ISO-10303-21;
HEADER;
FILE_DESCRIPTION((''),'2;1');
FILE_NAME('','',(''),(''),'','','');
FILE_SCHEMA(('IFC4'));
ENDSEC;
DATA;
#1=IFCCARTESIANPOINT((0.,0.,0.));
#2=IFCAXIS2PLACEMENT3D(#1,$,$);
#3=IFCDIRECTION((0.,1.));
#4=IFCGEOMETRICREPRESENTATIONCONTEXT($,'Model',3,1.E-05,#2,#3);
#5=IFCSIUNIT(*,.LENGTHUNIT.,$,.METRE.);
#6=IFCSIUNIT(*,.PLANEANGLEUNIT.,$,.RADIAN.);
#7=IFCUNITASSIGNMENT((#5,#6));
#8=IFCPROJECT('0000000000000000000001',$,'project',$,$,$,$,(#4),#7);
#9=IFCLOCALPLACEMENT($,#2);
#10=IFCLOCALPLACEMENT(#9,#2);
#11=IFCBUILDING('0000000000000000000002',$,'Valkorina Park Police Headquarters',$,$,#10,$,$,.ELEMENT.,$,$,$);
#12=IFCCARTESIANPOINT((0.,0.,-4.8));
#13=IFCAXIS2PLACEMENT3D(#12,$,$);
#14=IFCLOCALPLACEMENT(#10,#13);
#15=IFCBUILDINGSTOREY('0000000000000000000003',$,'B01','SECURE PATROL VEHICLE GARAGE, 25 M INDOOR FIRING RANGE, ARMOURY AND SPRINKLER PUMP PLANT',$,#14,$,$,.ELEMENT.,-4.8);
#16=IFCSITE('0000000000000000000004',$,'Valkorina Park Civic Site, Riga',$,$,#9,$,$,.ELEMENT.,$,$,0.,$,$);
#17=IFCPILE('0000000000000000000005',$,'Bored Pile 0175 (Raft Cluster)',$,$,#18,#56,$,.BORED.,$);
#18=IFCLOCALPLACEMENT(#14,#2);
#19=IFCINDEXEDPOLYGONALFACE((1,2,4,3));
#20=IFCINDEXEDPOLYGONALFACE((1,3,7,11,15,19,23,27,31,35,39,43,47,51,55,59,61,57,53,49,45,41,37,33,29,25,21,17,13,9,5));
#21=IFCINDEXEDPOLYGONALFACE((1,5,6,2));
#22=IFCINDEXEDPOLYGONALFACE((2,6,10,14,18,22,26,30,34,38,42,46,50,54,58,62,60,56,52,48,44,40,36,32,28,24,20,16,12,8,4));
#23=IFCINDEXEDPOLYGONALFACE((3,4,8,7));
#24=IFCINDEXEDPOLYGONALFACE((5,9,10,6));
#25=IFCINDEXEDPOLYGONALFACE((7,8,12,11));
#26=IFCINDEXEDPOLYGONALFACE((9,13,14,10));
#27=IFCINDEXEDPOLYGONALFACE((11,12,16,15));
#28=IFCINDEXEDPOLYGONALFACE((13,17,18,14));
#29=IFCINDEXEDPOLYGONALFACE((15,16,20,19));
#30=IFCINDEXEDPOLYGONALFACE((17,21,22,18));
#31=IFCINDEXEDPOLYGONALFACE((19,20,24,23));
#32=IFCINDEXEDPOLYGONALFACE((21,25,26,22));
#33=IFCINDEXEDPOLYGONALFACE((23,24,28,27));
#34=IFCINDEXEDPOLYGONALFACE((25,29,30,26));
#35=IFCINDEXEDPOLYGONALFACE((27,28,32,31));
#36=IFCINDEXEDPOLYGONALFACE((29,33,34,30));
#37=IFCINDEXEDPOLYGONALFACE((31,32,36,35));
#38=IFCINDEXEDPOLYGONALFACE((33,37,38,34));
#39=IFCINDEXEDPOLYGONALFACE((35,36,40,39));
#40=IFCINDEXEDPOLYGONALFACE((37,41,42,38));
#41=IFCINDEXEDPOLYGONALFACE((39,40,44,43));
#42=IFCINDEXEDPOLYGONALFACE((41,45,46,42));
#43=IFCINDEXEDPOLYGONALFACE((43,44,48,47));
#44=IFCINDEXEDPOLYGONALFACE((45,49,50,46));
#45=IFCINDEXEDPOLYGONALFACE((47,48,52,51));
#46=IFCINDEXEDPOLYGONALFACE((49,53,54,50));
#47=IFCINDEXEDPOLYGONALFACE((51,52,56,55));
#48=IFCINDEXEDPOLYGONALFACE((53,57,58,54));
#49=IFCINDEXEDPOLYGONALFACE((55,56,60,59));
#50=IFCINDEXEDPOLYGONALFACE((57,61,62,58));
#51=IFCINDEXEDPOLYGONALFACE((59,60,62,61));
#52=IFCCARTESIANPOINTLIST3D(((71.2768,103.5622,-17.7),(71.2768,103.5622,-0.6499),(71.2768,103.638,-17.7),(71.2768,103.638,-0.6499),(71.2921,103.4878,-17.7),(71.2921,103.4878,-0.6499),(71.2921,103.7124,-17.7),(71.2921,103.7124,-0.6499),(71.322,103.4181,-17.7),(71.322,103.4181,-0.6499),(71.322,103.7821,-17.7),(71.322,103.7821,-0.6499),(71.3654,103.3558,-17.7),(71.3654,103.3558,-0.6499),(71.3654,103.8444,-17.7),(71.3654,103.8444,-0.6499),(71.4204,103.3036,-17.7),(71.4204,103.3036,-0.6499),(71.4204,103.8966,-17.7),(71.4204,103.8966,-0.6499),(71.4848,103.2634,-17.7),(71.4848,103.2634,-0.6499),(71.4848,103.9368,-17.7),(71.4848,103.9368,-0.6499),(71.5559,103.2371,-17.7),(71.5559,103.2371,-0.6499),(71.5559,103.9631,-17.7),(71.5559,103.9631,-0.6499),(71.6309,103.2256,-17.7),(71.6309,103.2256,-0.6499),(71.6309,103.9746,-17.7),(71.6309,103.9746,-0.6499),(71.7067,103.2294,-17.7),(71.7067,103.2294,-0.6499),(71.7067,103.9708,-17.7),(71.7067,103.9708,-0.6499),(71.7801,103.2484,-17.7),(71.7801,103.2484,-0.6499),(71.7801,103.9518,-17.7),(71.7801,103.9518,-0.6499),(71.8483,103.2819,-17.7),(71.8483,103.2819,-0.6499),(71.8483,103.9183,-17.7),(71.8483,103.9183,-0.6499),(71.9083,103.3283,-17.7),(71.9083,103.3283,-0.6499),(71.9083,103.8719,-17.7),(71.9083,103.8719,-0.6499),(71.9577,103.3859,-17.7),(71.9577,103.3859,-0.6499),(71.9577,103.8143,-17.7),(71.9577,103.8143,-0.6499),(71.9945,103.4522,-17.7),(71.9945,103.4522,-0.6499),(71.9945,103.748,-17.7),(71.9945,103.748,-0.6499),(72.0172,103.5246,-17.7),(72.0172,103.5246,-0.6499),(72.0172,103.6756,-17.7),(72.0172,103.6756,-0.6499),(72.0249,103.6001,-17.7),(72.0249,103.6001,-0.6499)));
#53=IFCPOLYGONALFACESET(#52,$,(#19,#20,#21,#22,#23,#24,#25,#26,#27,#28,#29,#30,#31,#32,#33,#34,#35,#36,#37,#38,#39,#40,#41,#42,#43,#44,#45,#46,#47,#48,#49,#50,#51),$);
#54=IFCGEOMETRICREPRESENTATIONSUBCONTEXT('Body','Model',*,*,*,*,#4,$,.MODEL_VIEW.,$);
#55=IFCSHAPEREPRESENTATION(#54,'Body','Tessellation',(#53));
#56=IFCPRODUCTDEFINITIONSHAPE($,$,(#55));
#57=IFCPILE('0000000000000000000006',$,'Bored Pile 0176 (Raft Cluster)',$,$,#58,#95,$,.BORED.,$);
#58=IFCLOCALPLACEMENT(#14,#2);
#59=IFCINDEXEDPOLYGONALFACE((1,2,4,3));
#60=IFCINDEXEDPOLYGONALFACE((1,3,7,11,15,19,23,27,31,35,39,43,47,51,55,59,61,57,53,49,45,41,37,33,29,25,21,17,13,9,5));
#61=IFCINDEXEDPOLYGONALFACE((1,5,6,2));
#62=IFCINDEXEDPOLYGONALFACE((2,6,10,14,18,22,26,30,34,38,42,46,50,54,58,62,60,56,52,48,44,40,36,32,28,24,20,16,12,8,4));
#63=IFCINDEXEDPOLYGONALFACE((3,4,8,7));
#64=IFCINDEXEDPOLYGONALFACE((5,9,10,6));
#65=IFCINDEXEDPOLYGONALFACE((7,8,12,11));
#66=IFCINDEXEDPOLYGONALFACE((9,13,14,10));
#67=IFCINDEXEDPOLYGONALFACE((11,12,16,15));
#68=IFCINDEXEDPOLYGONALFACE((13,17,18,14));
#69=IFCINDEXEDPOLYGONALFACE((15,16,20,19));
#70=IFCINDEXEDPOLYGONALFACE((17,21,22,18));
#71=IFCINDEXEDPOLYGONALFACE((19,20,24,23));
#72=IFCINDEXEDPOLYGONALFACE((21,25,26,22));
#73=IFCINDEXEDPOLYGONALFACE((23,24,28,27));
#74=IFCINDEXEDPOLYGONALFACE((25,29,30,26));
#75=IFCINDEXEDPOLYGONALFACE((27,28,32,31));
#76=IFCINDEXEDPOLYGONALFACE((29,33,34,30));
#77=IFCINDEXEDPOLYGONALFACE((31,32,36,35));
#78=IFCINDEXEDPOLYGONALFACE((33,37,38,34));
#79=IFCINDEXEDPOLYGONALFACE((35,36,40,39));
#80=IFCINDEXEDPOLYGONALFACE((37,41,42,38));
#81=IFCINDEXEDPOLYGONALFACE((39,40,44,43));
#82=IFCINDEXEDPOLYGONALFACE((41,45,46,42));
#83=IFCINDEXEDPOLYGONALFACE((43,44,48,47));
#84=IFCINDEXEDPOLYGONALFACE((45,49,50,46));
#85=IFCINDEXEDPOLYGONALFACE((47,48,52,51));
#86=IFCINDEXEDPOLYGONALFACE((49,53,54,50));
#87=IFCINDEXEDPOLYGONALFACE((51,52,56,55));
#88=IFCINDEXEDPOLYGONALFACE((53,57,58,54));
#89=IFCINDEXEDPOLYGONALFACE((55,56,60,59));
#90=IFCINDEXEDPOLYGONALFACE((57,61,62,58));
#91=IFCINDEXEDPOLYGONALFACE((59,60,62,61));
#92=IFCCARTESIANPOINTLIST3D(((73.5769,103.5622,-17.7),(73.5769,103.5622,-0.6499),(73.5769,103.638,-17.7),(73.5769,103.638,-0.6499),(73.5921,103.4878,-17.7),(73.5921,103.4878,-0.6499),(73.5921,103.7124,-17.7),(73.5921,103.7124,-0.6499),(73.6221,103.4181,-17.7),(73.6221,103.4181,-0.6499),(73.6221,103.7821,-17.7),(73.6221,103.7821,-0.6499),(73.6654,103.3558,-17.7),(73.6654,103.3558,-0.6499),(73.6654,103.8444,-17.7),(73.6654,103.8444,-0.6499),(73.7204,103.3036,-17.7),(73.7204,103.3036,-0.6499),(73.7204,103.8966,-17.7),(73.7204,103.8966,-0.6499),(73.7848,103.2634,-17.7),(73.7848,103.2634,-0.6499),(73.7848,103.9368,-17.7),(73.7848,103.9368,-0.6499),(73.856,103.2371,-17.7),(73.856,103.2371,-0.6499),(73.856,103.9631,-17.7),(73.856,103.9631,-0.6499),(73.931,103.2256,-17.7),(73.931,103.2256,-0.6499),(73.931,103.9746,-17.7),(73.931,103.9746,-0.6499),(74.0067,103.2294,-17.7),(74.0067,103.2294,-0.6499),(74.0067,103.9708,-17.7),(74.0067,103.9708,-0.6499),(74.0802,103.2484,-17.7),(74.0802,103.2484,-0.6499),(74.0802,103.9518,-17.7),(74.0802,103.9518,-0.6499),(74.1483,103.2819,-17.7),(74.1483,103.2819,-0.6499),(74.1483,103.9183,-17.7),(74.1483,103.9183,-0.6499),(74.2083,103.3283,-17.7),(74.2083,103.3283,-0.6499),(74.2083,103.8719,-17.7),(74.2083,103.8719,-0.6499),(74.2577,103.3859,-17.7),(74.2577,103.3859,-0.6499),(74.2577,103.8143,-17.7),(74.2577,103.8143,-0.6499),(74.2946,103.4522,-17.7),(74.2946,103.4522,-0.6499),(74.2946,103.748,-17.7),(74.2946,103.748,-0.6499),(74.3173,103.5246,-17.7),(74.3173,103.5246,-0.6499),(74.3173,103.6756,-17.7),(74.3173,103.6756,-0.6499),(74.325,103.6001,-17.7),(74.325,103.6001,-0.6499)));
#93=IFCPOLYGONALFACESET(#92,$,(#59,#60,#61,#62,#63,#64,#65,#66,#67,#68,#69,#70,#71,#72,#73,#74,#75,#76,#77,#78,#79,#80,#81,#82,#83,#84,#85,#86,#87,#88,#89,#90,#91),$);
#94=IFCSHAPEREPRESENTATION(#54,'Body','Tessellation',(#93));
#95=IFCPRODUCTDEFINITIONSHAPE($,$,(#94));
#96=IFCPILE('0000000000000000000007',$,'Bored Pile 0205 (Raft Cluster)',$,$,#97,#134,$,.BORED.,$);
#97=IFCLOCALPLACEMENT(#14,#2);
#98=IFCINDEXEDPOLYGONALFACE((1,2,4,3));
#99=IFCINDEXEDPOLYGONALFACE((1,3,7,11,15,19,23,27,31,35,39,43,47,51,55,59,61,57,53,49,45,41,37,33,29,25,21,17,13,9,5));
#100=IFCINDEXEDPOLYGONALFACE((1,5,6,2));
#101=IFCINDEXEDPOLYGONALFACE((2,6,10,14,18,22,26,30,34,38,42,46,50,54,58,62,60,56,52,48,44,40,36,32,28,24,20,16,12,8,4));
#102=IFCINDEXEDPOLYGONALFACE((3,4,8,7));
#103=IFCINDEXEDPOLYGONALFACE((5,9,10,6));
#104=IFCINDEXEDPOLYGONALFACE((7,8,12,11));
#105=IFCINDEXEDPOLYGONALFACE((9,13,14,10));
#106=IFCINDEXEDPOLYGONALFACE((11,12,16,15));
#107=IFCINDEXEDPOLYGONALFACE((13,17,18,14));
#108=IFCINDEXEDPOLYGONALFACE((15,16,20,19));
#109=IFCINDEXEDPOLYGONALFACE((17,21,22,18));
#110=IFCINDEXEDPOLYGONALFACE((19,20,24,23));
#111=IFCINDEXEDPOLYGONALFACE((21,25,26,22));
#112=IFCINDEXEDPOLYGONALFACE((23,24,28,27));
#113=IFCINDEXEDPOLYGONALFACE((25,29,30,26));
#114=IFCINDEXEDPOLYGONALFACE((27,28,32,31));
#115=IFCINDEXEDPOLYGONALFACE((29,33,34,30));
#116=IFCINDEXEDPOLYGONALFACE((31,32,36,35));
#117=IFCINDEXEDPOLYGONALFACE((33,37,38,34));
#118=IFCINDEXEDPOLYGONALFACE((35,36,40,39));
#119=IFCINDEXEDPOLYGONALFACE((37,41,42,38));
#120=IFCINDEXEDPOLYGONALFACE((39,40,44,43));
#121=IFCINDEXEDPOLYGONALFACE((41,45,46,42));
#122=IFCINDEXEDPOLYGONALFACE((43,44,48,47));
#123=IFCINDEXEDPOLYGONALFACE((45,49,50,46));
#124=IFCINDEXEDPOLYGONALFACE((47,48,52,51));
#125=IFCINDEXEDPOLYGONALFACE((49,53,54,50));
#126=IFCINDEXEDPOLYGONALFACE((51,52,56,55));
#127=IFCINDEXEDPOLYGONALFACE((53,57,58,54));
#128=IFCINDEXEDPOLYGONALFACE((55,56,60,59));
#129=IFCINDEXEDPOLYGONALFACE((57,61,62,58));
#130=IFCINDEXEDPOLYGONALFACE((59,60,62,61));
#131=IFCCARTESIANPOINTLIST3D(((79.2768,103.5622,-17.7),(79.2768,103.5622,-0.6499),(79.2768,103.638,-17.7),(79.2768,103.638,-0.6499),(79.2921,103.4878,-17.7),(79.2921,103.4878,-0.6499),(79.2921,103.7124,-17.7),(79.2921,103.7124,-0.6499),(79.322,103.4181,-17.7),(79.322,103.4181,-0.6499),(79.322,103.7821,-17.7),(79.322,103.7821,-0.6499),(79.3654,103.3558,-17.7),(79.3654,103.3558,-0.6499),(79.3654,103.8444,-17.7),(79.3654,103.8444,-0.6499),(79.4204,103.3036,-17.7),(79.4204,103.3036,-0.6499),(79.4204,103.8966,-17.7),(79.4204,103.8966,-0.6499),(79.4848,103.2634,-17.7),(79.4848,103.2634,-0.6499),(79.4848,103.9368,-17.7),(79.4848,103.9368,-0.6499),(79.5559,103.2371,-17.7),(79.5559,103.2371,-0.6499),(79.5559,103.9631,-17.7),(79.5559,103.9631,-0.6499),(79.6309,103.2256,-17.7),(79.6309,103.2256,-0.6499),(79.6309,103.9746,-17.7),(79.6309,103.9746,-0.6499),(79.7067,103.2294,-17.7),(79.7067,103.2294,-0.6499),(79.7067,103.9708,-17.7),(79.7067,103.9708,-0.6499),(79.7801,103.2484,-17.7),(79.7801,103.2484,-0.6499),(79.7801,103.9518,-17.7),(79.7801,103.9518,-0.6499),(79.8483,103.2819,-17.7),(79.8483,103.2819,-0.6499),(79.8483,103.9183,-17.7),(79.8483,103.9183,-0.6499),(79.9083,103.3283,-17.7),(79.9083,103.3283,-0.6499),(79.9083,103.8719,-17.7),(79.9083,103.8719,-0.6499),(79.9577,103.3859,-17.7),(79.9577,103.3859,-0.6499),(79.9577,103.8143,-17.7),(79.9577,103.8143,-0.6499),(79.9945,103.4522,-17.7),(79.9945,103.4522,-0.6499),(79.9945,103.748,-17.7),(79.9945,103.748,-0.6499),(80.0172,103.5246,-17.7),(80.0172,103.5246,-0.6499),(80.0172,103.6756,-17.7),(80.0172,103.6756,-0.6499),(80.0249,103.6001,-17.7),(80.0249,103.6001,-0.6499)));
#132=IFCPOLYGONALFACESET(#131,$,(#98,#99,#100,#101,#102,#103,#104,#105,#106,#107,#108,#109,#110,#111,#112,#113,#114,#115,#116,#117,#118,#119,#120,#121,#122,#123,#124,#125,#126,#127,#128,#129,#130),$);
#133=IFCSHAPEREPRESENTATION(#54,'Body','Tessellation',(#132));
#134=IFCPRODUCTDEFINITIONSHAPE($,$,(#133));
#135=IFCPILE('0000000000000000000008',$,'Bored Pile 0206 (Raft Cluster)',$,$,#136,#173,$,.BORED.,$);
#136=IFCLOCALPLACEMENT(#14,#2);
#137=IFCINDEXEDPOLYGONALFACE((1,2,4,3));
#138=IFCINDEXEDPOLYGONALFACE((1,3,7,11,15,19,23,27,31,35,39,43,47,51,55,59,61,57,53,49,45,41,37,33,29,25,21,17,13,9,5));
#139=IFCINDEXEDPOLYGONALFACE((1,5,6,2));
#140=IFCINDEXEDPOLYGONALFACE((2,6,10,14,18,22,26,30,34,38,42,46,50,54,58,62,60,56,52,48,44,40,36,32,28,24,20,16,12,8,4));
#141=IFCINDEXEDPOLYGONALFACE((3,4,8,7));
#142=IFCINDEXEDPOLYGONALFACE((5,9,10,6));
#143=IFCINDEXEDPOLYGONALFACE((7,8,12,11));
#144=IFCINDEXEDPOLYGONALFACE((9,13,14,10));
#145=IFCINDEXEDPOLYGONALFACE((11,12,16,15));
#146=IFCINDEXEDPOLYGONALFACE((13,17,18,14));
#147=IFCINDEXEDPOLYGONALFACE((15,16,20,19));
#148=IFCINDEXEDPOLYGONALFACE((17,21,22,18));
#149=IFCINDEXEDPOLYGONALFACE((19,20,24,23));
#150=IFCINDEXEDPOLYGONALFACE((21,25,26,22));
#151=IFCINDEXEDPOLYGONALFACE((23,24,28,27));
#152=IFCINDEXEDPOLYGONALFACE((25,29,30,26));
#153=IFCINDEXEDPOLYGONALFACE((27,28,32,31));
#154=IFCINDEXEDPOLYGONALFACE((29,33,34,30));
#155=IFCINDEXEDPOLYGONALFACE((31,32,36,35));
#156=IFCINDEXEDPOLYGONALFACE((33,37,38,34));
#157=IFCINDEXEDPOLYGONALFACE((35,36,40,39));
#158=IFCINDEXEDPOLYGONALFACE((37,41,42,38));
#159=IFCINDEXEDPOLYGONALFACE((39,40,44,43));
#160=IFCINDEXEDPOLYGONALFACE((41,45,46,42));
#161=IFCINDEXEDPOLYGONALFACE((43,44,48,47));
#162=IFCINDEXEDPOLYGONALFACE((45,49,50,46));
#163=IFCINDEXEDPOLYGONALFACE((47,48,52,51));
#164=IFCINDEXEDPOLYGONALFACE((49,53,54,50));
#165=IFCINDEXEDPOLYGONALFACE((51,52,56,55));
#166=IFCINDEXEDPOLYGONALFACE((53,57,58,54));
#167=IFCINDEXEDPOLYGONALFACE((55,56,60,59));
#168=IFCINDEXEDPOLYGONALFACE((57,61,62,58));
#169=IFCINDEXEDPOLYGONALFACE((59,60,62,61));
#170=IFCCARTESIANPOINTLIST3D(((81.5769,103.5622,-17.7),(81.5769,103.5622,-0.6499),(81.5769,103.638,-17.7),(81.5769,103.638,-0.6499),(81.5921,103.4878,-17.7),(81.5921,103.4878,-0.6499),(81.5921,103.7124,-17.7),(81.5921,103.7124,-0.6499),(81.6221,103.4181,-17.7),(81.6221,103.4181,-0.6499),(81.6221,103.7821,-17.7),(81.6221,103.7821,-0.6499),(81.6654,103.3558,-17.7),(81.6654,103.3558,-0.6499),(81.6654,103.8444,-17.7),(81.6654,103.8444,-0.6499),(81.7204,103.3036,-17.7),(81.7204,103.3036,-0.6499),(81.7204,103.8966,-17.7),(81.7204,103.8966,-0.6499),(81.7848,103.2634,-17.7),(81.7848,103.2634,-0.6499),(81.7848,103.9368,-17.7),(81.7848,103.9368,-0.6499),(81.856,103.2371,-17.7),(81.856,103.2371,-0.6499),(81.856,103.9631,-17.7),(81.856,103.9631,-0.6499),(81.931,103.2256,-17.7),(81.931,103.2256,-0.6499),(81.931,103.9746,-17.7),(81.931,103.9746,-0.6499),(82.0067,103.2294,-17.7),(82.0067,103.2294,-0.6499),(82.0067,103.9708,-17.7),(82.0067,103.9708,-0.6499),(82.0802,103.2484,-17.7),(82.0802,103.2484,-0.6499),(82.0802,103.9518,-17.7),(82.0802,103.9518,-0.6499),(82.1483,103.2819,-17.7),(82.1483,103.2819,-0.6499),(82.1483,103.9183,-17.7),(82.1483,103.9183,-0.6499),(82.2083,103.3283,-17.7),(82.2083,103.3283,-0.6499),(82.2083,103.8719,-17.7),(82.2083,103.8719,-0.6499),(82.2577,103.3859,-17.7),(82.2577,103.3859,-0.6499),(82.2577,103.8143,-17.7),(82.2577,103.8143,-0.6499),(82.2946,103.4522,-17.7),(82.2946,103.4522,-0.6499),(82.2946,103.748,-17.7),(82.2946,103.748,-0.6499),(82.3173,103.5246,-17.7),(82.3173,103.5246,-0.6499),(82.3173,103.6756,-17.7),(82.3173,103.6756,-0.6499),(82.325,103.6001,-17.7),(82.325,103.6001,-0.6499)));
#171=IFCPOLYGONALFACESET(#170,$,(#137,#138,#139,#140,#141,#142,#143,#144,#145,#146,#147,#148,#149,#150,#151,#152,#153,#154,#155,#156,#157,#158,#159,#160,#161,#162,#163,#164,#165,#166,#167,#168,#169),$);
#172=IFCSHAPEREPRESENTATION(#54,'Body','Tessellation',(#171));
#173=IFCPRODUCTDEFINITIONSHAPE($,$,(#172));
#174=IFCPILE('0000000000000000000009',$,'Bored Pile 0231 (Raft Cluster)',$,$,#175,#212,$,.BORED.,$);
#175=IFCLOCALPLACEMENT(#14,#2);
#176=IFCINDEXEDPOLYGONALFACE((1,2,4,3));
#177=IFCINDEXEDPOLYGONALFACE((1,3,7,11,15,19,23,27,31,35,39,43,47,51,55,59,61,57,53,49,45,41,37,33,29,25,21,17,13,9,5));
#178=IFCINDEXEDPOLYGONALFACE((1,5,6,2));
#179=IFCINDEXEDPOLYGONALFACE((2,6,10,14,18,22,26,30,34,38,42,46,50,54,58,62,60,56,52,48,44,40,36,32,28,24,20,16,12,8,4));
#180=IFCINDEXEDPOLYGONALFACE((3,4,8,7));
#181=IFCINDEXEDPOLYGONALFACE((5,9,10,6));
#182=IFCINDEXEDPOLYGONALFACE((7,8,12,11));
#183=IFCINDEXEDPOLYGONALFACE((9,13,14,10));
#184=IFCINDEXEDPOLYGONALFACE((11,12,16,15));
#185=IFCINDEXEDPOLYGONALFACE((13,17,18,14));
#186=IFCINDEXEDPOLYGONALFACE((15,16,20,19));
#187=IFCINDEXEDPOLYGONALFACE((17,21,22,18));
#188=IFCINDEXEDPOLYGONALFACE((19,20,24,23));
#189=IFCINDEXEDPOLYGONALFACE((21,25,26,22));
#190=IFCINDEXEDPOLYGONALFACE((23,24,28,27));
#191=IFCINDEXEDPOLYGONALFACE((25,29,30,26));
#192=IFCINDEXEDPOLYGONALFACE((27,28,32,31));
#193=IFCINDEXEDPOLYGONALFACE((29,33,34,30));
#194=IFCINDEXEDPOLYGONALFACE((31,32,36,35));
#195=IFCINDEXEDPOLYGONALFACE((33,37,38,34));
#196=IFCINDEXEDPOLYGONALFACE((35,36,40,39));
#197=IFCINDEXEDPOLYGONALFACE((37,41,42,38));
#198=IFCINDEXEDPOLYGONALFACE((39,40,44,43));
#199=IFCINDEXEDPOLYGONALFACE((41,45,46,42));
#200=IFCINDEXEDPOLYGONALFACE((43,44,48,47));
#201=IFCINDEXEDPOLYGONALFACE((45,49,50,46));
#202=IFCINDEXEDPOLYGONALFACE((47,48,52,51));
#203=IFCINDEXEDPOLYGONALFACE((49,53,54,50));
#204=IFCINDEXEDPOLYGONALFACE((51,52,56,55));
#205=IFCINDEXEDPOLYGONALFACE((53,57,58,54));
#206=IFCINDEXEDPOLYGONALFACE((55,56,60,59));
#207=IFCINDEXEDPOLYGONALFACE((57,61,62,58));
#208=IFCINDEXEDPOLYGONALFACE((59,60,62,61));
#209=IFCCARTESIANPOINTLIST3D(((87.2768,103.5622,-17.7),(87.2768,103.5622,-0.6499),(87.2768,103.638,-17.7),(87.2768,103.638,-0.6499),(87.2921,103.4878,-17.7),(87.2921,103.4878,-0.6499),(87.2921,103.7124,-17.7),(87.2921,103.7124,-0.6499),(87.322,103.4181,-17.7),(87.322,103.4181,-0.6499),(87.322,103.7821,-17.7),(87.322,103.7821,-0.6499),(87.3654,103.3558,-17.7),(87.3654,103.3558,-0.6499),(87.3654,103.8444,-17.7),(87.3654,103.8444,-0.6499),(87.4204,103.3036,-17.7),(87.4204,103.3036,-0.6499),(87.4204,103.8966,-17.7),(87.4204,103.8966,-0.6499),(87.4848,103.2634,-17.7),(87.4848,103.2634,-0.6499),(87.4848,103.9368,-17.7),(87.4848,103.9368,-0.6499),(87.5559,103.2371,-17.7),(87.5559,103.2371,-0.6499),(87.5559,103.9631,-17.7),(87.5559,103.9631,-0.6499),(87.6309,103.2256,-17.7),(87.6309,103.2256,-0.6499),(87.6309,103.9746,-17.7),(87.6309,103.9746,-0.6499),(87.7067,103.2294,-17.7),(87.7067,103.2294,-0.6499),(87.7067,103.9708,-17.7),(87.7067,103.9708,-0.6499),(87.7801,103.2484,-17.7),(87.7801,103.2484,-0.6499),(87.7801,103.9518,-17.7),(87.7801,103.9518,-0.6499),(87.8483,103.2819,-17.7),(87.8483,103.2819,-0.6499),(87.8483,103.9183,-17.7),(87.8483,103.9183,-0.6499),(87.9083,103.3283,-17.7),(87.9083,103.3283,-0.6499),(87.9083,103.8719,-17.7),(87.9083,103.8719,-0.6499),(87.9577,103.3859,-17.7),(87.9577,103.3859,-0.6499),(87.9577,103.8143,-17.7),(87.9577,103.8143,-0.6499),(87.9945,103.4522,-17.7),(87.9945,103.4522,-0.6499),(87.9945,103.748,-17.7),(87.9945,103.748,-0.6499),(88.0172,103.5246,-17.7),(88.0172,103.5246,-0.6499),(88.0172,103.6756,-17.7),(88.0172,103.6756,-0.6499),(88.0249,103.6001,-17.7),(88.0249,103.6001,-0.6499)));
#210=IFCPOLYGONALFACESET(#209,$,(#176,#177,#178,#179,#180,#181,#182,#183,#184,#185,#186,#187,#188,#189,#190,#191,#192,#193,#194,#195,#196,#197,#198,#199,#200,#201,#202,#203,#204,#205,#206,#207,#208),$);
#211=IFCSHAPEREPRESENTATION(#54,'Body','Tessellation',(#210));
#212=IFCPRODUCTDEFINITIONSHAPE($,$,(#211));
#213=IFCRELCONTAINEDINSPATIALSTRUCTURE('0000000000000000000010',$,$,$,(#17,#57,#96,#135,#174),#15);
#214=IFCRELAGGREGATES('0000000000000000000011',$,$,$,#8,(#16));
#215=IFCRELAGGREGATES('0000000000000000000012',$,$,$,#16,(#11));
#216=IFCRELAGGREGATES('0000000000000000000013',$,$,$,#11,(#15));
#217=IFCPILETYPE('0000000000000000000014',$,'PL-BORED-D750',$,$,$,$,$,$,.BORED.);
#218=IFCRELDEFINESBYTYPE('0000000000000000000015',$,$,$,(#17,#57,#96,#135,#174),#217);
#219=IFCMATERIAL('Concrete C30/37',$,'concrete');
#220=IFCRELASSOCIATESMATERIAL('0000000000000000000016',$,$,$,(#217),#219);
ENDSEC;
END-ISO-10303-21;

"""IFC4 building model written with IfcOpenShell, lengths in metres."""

from ifc_helpers import new_model, si_unit, direction, frame, origin, origin_2d, place, context, subcontext, project, spatial, circle, extrude, material, material_profile, profile_set, type_object, element, save


model = new_model("IFC4")

# Units and contexts
model_context = context("Model", 3, precision=1e-05, world=origin(), true_north=direction((0.0, 1.0)))
body_context = subcontext(model_context, "Body", "Model", "MODEL_VIEW")
ifc_project = project(units=[si_unit("LENGTHUNIT", "METRE"), si_unit("PLANEANGLEUNIT", "RADIAN")], contexts=[model_context])

# Site, building, storey
site_placement = place(None, origin())
site = spatial("IfcSite", under=ifc_project, at=site_placement, Name="Valkorina Park Civic Site, Riga", CompositionType="ELEMENT", RefElevation=0.0)
building_placement = place(site_placement, origin())
building = spatial("IfcBuilding", under=site, at=building_placement, Name="Valkorina Park Police Headquarters", CompositionType="ELEMENT")
storey_placement = place(building_placement, frame((0.0, 0.0, -4.8)))
storey = spatial("IfcBuildingStorey", under=building, at=storey_placement, Name="B01", Description="SECURE PATROL VEHICLE GARAGE, 25 M INDOOR FIRING RANGE, ARMOURY AND SPRINKLER PUMP PLANT", CompositionType="ELEMENT", Elevation=-4.8)

# Piles
ifc_material_1 = material(Name="Concrete C30/37", Category="concrete")
ifc_material_profile_1 = material_profile(ifc_material_1, circle(Radius=0.375, at=origin_2d()), Name="BORED PILE D750")
ifc_profile_set_1 = profile_set([ifc_material_profile_1], Name="Concrete C30/37")
pile_type = type_object("IfcPileType", Name="PL-BORED-D750", PredefinedType="BORED", material=ifc_profile_set_1)
for number, where, z_axis, x_axis, name in (
    (1, (71.6499, 103.6001, -0.6499), (0.0, 0.0, -1.0), (1.0, 0.0, 0.0), "Bored Pile 0175 (Raft Cluster)"),
    (2, (73.95, 103.6001, -0.6499), (0.0, 0.0, -1.0), (1.0, 0.0, 0.0), "Bored Pile 0176 (Raft Cluster)"),
    (3, (79.6499, 103.6001, -0.6499), (0.0, 0.0, -1.0), (1.0, 0.0, 0.0), "Bored Pile 0205 (Raft Cluster)"),
    (4, (81.95, 103.6001, -0.6499), (0.0, 0.0, -1.0), (1.0, 0.0, 0.0), "Bored Pile 0206 (Raft Cluster)"),
    (5, (87.6499, 103.6001, -0.6499), (0.0, 0.0, -1.0), (1.0, 0.0, 0.0), "Bored Pile 0231 (Raft Cluster)"),
):
    element("IfcPile", number, at=place(storey_placement, frame(where, z_axis=z_axis, x_axis=x_axis)), inside=storey, type_object=pile_type, Name=name, PredefinedType="BORED", context=body_context, shape_type="SweptSolid", body=[
        extrude(circle(Radius=0.375, at=origin_2d()), origin(), (0.0, 0.0, 1.0), 17.05),
    ])

save(model, "model.ifc")
